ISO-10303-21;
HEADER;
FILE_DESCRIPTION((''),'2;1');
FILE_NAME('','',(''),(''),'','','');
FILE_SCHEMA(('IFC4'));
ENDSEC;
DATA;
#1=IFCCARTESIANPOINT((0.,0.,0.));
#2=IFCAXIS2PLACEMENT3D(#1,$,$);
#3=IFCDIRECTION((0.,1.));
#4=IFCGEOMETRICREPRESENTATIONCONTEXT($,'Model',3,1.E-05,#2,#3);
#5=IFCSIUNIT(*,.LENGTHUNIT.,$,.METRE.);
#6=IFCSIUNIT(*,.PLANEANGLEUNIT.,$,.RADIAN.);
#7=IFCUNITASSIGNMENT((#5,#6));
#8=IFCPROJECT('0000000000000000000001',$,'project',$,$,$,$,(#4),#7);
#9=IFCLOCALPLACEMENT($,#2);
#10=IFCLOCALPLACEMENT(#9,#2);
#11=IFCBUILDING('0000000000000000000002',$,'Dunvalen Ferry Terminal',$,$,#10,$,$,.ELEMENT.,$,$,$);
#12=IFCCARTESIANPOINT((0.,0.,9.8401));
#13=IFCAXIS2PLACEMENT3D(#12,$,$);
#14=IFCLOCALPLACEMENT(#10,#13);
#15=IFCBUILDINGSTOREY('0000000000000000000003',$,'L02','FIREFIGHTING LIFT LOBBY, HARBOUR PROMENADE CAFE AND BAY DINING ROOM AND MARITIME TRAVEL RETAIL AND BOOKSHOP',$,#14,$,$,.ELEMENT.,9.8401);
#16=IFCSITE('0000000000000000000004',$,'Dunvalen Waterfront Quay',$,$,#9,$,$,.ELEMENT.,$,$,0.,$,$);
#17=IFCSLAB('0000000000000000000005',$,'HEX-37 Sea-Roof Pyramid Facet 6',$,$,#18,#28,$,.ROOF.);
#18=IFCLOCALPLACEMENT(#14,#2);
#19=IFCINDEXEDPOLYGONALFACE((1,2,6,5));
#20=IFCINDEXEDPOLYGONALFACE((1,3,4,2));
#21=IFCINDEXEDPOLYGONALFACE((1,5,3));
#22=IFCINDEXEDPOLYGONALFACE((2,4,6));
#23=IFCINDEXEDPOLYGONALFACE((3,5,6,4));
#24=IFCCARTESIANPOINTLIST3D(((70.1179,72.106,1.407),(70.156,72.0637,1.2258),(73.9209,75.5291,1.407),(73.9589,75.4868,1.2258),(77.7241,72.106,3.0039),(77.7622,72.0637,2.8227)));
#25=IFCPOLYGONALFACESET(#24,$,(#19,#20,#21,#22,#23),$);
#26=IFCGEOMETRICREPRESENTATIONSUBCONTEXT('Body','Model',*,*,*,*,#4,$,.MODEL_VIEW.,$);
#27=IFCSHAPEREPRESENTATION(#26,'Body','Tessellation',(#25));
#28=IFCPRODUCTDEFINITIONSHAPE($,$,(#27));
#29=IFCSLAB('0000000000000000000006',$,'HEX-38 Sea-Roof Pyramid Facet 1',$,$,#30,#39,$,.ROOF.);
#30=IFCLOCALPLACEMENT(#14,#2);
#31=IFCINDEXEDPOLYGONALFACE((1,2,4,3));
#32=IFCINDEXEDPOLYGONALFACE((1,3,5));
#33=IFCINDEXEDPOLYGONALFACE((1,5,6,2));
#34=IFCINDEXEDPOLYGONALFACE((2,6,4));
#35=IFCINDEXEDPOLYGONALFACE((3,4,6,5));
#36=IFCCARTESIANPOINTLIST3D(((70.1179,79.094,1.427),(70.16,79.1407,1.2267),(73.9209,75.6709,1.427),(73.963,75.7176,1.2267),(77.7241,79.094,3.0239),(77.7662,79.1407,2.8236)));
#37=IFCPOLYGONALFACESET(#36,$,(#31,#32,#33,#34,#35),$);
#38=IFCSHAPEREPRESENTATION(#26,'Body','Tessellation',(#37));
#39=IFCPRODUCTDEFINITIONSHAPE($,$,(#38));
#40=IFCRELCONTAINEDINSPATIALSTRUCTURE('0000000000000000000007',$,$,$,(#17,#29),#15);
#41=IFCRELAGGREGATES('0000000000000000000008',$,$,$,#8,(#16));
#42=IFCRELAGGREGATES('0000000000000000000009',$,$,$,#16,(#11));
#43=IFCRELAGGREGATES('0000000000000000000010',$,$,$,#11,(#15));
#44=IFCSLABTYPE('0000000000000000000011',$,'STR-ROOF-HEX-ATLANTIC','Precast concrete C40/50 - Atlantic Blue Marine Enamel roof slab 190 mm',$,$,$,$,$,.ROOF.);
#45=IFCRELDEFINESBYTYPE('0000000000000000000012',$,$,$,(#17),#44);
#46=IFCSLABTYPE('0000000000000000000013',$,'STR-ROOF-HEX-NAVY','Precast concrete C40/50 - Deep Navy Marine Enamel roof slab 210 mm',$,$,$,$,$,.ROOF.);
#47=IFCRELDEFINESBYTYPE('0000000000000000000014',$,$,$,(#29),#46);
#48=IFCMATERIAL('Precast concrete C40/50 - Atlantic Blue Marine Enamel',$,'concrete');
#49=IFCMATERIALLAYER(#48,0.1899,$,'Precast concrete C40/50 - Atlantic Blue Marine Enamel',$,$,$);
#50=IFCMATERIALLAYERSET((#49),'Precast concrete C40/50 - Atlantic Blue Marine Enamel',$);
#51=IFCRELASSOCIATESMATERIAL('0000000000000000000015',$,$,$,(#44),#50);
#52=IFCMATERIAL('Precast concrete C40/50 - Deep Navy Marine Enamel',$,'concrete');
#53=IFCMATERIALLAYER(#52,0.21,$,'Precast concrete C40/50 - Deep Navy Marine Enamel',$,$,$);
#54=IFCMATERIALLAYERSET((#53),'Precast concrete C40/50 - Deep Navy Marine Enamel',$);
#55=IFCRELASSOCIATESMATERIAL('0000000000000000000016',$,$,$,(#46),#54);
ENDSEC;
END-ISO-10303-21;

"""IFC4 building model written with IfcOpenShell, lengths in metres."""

from ifc_helpers import new_model, si_unit, direction, frame, origin, place, context, subcontext, project, spatial, polyline, outline, extrude, material, layer, layer_set, type_object, element, save


model = new_model("IFC4")

# Units and contexts
model_context = context("Model", 3, precision=1e-05, world=origin(), true_north=direction((0.0, 1.0)))
body_context = subcontext(model_context, "Body", "Model", "MODEL_VIEW")
ifc_project = project(units=[si_unit("LENGTHUNIT", "METRE"), si_unit("PLANEANGLEUNIT", "RADIAN")], contexts=[model_context])

# Site, building, storey
site_placement = place(None, origin())
site = spatial("IfcSite", under=ifc_project, at=site_placement, Name="Dunvalen Waterfront Quay", CompositionType="ELEMENT", RefElevation=0.0)
building_placement = place(site_placement, origin())
building = spatial("IfcBuilding", under=site, at=building_placement, Name="Dunvalen Ferry Terminal", CompositionType="ELEMENT")
storey_placement = place(building_placement, frame((0.0, 0.0, 9.8401)))
storey = spatial("IfcBuildingStorey", under=building, at=storey_placement, Name="L02", Description="FIREFIGHTING LIFT LOBBY, HARBOUR PROMENADE CAFE AND BAY DINING ROOM AND MARITIME TRAVEL RETAIL AND BOOKSHOP", CompositionType="ELEMENT", Elevation=9.8401)

# Slabs
ifc_material_1 = material(Name="Precast concrete C40/50 - Atlantic Blue Marine Enamel", Category="concrete")
ifc_layer_1 = layer(ifc_material_1, 0.1899, Name="Precast concrete C40/50 - Atlantic Blue Marine Enamel")
ifc_layer_set_1 = layer_set([ifc_layer_1], Name="Precast concrete C40/50 - Atlantic Blue Marine Enamel")
slab_type_1 = type_object("IfcSlabType", Name="STR-ROOF-HEX-ATLANTIC", Description="Precast concrete C40/50 - Atlantic Blue Marine Enamel roof slab 190 mm", PredefinedType="ROOF", material=ifc_layer_set_1)
slab_1_placement = place(storey_placement, frame((73.9209, 75.5291, 1.407), z_axis=(-0.200318, 0.222548, 0.95412), x_axis=(-0.743254, -0.66901, 0.0)))
element("IfcSlab", 1, at=slab_1_placement, inside=storey, type_object=slab_type_1, Name="HEX-37 Sea-Roof Pyramid Facet 6", PredefinedType="ROOF", context=body_context, shape_type="SweptSolid", body=[
    extrude(outline(polyline([(0.0, 0.0), (5.1167, 0.0), (-0.5367, 5.3333), (0.0, 0.0)])), origin(), (0.0, 0.0, -1.0), 0.1899),
])
ifc_material_2 = material(Name="Precast concrete C40/50 - Deep Navy Marine Enamel", Category="concrete")
ifc_layer_2 = layer(ifc_material_2, 0.21, Name="Precast concrete C40/50 - Deep Navy Marine Enamel")
ifc_layer_set_2 = layer_set([ifc_layer_2], Name="Precast concrete C40/50 - Deep Navy Marine Enamel")
slab_type_2 = type_object("IfcSlabType", Name="STR-ROOF-HEX-NAVY", Description="Precast concrete C40/50 - Deep Navy Marine Enamel roof slab 210 mm", PredefinedType="ROOF", material=ifc_layer_set_2)
slab_2_placement = place(storey_placement, frame((70.1179, 79.094, 1.427), z_axis=(-0.200318, -0.222548, 0.95412), x_axis=(0.743254, -0.66901, 0.0)))
element("IfcSlab", 2, at=slab_2_placement, inside=storey, type_object=slab_type_2, Name="HEX-38 Sea-Roof Pyramid Facet 1", PredefinedType="ROOF", context=body_context, shape_type="SweptSolid", body=[
    extrude(outline(polyline([(0.0, 0.0), (5.1167, 0.0), (5.6533, 5.3333), (0.0, 0.0)])), origin(), (0.0, 0.0, -1.0), 0.21),
])

save(model, "model.ifc")
